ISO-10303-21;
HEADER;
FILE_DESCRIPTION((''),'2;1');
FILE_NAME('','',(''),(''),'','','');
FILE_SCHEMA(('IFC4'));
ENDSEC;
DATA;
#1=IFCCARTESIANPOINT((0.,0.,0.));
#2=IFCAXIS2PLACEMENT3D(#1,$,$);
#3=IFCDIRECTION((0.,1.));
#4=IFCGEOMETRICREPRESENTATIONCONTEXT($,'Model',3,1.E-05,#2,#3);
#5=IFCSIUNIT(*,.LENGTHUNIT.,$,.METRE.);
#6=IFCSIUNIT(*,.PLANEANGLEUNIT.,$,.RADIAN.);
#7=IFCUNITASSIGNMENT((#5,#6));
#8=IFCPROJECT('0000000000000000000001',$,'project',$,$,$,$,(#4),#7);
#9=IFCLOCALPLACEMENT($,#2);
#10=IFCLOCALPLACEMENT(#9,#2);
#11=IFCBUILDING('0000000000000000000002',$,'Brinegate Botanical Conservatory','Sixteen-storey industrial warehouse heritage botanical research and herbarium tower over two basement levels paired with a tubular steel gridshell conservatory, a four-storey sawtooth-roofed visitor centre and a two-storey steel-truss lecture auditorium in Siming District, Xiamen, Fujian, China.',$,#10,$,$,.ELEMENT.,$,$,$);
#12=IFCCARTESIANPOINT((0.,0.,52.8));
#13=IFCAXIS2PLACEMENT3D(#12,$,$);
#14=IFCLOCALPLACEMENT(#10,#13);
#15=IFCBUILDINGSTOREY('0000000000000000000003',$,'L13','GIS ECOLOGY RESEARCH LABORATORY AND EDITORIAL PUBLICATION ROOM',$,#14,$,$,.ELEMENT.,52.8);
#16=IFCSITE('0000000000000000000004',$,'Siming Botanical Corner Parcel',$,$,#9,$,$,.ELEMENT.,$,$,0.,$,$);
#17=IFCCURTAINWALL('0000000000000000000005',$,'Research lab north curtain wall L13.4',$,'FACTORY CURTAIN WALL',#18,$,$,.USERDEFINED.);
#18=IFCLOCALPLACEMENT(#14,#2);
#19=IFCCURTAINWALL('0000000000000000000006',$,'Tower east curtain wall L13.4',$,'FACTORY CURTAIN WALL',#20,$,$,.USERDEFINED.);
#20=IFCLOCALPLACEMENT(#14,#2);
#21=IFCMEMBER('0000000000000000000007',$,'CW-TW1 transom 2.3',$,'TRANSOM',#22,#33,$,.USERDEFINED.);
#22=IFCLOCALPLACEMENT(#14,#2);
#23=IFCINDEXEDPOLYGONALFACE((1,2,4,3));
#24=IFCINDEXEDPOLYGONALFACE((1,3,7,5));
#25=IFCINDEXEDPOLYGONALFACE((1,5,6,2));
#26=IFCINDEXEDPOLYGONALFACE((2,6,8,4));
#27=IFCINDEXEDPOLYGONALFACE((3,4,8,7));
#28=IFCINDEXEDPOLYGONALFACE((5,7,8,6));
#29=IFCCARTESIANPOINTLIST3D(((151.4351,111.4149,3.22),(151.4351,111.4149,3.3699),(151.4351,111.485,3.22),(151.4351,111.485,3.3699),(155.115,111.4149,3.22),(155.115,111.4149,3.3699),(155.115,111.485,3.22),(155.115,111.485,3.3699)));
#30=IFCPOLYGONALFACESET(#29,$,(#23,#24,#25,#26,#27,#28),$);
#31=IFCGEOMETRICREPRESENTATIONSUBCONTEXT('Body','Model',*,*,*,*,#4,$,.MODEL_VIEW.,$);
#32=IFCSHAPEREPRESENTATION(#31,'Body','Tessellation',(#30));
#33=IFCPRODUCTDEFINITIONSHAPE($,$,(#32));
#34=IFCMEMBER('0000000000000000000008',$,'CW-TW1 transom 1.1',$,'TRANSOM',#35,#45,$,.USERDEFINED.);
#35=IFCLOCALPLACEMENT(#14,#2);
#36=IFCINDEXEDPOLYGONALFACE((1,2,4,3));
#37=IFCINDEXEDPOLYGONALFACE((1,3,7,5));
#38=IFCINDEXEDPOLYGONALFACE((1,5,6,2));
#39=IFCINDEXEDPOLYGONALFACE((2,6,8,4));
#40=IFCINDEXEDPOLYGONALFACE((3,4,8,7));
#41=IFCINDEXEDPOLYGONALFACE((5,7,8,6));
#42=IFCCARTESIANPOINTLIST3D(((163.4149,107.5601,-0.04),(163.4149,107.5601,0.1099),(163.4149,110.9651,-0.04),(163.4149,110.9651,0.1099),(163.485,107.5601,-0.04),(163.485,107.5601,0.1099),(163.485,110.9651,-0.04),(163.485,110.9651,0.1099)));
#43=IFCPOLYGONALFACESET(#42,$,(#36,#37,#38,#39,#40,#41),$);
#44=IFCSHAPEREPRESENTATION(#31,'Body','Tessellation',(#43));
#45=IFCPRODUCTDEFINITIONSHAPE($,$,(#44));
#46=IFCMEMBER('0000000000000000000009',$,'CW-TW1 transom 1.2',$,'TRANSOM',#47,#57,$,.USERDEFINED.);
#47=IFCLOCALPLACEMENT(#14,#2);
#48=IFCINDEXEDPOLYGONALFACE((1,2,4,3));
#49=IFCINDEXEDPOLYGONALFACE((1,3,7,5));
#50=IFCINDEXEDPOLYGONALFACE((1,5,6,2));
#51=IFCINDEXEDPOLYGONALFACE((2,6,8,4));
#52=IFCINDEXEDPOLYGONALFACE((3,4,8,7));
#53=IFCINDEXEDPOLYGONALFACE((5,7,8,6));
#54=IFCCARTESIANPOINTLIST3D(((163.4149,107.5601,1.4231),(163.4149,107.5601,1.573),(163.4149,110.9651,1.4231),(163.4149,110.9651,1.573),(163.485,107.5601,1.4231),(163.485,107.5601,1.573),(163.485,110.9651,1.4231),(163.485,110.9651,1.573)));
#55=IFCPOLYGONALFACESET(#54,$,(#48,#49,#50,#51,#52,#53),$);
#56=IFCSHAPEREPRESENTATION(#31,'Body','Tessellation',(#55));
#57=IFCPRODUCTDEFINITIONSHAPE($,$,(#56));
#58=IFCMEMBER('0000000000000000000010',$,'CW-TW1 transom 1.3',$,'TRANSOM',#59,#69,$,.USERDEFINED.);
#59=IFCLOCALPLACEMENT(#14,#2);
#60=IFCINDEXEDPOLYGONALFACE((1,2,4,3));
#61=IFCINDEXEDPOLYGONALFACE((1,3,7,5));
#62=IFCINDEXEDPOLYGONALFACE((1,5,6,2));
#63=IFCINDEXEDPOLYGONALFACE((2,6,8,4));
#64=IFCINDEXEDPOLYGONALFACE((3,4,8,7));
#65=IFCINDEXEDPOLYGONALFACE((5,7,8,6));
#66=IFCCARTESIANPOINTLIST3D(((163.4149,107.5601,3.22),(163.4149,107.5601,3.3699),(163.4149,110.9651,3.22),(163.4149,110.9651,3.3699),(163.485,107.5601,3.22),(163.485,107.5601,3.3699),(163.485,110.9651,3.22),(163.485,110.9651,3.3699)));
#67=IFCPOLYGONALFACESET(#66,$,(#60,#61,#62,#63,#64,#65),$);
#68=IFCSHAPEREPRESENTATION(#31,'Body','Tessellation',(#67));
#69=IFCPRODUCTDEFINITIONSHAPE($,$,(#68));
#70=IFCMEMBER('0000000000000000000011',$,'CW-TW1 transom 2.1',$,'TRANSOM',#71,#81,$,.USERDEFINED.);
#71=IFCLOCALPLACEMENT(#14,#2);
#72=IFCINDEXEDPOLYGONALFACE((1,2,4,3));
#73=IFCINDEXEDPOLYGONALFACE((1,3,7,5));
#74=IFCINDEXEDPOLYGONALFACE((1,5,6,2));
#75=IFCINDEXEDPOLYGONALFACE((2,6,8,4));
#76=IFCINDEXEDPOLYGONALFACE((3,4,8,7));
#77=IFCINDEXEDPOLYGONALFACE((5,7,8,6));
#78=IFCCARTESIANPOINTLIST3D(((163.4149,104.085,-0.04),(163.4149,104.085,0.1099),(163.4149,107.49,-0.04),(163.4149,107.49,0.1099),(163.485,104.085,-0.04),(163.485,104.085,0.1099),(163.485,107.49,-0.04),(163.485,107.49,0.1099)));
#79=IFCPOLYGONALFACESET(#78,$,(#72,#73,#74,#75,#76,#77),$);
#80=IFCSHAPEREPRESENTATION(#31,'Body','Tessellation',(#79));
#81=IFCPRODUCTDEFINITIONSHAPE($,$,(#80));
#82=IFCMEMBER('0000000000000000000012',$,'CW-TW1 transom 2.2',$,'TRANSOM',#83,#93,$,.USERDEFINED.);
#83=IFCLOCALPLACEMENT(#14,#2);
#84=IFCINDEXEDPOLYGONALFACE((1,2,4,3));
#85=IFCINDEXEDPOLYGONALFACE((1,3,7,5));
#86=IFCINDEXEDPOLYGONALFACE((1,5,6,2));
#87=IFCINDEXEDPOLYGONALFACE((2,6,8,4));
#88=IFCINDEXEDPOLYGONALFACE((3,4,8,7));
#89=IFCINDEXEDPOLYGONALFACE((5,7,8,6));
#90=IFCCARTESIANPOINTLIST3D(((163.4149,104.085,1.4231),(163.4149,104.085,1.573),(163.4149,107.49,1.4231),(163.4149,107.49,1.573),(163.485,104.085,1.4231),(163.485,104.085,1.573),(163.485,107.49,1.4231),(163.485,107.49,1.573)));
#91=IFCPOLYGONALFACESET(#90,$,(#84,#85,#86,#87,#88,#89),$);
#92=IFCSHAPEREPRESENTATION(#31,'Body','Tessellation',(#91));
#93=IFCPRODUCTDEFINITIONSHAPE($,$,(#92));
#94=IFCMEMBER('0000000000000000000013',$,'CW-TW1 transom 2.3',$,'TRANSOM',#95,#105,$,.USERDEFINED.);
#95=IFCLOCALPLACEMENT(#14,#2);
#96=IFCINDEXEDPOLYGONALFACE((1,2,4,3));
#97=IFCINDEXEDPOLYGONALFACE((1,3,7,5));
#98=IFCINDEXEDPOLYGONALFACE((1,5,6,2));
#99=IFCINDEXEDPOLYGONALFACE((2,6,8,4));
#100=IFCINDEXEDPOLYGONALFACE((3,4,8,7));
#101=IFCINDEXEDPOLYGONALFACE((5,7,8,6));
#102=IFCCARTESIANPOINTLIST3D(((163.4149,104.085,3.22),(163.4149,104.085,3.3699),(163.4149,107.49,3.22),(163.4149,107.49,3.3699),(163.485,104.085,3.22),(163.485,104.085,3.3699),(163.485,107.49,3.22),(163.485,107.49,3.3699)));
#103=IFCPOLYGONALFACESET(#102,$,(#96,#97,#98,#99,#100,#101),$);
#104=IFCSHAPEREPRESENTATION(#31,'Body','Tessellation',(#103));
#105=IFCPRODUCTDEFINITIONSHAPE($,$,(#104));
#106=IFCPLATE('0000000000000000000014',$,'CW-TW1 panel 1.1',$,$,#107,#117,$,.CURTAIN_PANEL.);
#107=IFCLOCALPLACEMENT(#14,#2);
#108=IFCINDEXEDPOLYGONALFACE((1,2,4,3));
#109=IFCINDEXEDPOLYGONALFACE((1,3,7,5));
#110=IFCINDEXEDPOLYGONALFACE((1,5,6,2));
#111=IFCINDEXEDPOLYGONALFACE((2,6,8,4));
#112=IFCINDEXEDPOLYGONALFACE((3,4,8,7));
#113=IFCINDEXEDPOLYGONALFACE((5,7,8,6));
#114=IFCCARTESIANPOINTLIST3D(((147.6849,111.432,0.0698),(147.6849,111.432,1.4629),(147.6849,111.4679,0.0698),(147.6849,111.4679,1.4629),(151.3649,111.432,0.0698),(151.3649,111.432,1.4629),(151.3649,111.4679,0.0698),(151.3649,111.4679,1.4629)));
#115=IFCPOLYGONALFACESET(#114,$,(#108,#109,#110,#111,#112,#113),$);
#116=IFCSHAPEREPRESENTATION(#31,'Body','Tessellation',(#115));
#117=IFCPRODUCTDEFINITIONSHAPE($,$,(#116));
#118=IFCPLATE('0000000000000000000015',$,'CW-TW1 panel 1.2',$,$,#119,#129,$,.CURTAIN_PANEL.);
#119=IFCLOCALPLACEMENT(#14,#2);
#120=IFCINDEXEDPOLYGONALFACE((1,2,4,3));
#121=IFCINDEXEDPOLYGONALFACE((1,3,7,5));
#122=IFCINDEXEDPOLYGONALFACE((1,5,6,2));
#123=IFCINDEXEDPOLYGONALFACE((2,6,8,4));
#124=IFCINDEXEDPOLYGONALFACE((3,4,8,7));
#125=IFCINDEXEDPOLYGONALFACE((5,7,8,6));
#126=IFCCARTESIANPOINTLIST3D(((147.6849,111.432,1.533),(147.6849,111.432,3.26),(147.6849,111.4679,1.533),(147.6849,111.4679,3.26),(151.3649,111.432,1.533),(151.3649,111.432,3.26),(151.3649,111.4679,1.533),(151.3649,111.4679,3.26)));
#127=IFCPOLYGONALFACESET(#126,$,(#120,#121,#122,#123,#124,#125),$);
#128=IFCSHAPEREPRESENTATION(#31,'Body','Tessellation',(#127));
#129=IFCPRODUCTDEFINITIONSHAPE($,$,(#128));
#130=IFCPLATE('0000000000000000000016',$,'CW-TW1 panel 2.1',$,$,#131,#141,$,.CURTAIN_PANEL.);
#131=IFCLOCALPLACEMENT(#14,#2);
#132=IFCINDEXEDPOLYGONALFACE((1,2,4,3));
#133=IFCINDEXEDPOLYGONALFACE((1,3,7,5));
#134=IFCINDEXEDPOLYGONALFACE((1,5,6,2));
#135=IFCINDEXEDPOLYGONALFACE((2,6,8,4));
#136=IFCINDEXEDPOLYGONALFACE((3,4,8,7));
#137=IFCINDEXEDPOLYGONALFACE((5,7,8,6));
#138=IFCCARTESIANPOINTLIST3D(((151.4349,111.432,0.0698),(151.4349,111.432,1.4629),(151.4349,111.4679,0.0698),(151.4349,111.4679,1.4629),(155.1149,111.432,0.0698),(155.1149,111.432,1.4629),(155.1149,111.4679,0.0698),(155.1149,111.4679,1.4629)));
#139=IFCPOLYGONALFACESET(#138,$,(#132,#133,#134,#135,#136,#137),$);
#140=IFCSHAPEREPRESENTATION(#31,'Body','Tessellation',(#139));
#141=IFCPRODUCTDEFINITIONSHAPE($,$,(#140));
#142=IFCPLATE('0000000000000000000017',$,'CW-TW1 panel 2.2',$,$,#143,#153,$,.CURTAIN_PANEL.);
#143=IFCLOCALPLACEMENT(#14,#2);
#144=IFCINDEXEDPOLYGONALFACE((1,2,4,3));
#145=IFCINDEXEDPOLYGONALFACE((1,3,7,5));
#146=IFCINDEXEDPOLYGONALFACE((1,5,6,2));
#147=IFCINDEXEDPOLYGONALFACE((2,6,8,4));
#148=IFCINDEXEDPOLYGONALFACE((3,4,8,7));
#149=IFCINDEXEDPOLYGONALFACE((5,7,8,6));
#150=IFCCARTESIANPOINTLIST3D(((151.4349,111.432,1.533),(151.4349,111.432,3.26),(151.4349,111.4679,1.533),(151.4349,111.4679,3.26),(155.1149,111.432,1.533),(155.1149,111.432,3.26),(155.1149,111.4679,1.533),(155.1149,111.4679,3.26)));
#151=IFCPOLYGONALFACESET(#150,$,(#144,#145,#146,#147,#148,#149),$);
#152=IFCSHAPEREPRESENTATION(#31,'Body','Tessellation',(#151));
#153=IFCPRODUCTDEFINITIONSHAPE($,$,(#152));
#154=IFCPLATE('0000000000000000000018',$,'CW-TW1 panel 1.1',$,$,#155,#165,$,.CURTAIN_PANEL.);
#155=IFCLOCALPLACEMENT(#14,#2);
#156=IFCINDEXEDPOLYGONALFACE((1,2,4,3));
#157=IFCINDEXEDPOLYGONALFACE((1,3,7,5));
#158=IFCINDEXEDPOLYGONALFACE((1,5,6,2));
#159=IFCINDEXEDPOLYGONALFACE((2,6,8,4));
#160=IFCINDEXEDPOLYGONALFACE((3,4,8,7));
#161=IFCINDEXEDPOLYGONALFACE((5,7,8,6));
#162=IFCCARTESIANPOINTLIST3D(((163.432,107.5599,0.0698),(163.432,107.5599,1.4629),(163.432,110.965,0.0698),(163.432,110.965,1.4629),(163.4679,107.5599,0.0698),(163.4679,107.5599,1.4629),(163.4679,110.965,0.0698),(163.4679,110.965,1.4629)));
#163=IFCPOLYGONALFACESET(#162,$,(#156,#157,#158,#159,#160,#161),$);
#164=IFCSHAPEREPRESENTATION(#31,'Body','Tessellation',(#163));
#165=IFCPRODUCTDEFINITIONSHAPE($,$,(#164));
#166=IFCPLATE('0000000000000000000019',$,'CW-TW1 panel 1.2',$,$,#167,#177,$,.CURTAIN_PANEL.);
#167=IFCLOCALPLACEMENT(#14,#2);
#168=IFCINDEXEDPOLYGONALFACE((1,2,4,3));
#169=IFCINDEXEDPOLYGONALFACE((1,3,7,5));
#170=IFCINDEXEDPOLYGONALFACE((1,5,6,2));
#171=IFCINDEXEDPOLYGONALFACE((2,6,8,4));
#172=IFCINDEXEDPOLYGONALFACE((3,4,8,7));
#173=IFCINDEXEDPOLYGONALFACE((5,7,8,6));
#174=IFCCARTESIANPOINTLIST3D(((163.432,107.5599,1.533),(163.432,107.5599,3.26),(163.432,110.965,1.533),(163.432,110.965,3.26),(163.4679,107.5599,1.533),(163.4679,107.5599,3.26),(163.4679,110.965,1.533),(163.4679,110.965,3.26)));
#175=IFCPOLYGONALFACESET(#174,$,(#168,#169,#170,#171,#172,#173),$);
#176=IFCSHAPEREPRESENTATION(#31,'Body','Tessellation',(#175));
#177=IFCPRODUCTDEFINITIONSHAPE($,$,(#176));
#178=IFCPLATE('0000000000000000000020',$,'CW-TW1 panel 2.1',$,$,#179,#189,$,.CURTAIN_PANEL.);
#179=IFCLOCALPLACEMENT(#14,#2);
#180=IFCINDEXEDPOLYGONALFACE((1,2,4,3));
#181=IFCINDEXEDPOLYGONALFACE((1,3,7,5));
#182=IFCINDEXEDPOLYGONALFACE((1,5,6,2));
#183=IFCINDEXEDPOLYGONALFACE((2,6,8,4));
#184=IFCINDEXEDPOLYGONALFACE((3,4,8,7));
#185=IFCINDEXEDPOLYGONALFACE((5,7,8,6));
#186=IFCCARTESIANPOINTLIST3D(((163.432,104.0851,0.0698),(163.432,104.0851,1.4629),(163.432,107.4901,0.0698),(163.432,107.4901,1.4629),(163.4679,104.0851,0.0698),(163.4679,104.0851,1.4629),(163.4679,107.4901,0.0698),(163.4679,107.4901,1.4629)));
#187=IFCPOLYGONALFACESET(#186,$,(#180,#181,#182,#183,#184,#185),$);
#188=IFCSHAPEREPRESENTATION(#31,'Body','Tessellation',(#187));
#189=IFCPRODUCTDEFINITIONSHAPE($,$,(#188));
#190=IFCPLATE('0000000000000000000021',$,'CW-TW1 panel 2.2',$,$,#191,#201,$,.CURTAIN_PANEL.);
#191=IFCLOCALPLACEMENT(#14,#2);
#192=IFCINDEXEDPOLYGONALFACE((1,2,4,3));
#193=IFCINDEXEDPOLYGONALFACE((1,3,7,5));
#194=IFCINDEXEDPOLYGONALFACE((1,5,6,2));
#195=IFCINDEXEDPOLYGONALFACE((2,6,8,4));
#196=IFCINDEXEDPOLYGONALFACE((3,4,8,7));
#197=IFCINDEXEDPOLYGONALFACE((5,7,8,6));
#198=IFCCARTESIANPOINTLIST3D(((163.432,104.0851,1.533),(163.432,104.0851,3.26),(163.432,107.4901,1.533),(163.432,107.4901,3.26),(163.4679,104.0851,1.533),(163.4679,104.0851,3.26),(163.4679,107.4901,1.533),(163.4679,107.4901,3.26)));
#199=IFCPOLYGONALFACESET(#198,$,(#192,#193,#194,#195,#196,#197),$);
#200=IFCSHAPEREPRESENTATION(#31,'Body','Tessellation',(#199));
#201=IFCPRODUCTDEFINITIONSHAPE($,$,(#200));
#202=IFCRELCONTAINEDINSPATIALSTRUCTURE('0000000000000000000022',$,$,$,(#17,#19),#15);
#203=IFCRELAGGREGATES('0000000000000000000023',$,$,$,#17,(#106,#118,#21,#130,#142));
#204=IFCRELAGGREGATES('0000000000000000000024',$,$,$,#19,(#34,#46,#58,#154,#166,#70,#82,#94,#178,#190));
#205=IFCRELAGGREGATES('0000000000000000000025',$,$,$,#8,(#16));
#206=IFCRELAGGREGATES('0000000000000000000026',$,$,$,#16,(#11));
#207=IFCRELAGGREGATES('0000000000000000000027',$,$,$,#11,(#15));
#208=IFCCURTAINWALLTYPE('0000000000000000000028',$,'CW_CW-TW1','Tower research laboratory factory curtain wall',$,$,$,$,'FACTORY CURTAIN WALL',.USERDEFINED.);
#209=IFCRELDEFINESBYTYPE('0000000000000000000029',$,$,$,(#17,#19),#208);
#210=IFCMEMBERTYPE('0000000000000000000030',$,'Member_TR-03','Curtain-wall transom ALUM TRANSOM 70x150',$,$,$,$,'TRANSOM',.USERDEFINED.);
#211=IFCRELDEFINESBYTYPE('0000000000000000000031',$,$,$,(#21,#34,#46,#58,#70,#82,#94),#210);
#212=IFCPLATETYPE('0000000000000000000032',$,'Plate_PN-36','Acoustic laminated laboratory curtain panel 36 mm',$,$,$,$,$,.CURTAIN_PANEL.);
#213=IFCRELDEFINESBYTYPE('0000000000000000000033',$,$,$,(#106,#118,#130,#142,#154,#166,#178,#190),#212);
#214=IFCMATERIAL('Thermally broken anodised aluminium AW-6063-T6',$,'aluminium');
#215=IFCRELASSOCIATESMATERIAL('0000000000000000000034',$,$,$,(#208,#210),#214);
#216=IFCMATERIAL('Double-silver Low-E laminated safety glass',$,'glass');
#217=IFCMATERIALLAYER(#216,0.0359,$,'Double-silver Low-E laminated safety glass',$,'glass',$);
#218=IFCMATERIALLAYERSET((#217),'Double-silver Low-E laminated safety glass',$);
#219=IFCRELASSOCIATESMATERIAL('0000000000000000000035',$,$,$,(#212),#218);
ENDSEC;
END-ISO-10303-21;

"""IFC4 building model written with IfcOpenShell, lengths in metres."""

from ifc_helpers import new_model, si_unit, direction, frame, origin, origin_2d, place, context, subcontext, project, spatial, rectangle, extrude, material, layer, layer_set, material_profile, profile_set, type_object, element, aggregate, save


model = new_model("IFC4")

# Units and contexts
model_context = context("Model", 3, precision=1e-05, world=origin(), true_north=direction((0.0, 1.0)))
body_context = subcontext(model_context, "Body", "Model", "MODEL_VIEW")
ifc_project = project(units=[si_unit("LENGTHUNIT", "METRE"), si_unit("PLANEANGLEUNIT", "RADIAN")], contexts=[model_context])

# Site, building, storey
site_placement = place(None, origin())
site = spatial("IfcSite", under=ifc_project, at=site_placement, Name="Siming Botanical Corner Parcel", CompositionType="ELEMENT", RefElevation=0.0)
building_placement = place(site_placement, origin())
building = spatial("IfcBuilding", under=site, at=building_placement, Name="Brinegate Botanical Conservatory", Description="Sixteen-storey industrial warehouse heritage botanical research and herbarium tower over two basement levels paired with a tubular steel gridshell conservatory, a four-storey sawtooth-roofed visitor centre and a two-storey steel-truss lecture auditorium in Siming District, Xiamen, Fujian, China.", CompositionType="ELEMENT")
storey_placement = place(building_placement, frame((0.0, 0.0, 52.8)))
storey = spatial("IfcBuildingStorey", under=building, at=storey_placement, Name="L13", Description="GIS ECOLOGY RESEARCH LABORATORY AND EDITORIAL PUBLICATION ROOM", CompositionType="ELEMENT", Elevation=52.8)

# Curtain walls
ifc_material_1 = material(Name="Thermally broken anodised aluminium AW-6063-T6", Category="aluminium")
curtain_wall_type = type_object("IfcCurtainWallType", Name="CW_CW-TW1", Description="Tower research laboratory factory curtain wall", ElementType="FACTORY CURTAIN WALL", PredefinedType="USERDEFINED", material=ifc_material_1)
curtain_wall_1_placement = place(storey_placement, origin())
curtain_wall_1 = element("IfcCurtainWall", 1, at=curtain_wall_1_placement, inside=storey, type_object=curtain_wall_type, Name="Research lab north curtain wall L13.4", ObjectType="FACTORY CURTAIN WALL", PredefinedType="USERDEFINED")
curtain_wall_2_placement = place(storey_placement, origin())
curtain_wall_2 = element("IfcCurtainWall", 2, at=curtain_wall_2_placement, inside=storey, type_object=curtain_wall_type, Name="Tower east curtain wall L13.4", ObjectType="FACTORY CURTAIN WALL", PredefinedType="USERDEFINED")

# Members
ifc_material_profile_1 = material_profile(ifc_material_1, rectangle(XDim=0.0701, YDim=0.1499, at=origin_2d()), Name="ALUM TRANSOM 70x150")
ifc_profile_set_1 = profile_set([ifc_material_profile_1], Name="Thermally broken anodised aluminium AW-6063-T6")
member_type_1 = type_object("IfcMemberType", Name="Member_TR-03", Description="Curtain-wall transom ALUM TRANSOM 70x150", ElementType="TRANSOM", PredefinedType="USERDEFINED", material=ifc_profile_set_1)
member_1_placement = place(storey_placement, frame((151.4351, 111.45, 3.2949), z_axis=(1.0, 0.0, 0.0), x_axis=(0.0, 1.0, 0.0)))
member_1 = element("IfcMember", 3, at=member_1_placement, type_object=member_type_1, Name="CW-TW1 transom 2.3", ObjectType="TRANSOM", PredefinedType="USERDEFINED", context=body_context, shape_type="SweptSolid", body=[
    extrude(rectangle(XDim=0.0701, YDim=0.1499, at=origin_2d()), origin(), (0.0, 0.0, 1.0), 3.6799),
])
member_2_placement = place(storey_placement, frame((163.45, 110.9651, 0.0349), z_axis=(0.0, -1.0, 0.0), x_axis=(1.0, 0.0, 0.0)))
member_2 = element("IfcMember", 4, at=member_2_placement, type_object=member_type_1, Name="CW-TW1 transom 1.1", ObjectType="TRANSOM", PredefinedType="USERDEFINED", context=body_context, shape_type="SweptSolid", body=[
    extrude(rectangle(XDim=0.0701, YDim=0.1499, at=origin_2d()), origin(), (0.0, 0.0, 1.0), 3.405),
])
member_3_placement = place(storey_placement, frame((163.45, 110.9651, 1.498), z_axis=(0.0, -1.0, 0.0), x_axis=(1.0, 0.0, 0.0)))
member_3 = element("IfcMember", 5, at=member_3_placement, type_object=member_type_1, Name="CW-TW1 transom 1.2", ObjectType="TRANSOM", PredefinedType="USERDEFINED", context=body_context, shape_type="SweptSolid", body=[
    extrude(rectangle(XDim=0.0701, YDim=0.1499, at=origin_2d()), origin(), (0.0, 0.0, 1.0), 3.405),
])
member_4_placement = place(storey_placement, frame((163.45, 110.9651, 3.2949), z_axis=(0.0, -1.0, 0.0), x_axis=(1.0, 0.0, 0.0)))
member_4 = element("IfcMember", 6, at=member_4_placement, type_object=member_type_1, Name="CW-TW1 transom 1.3", ObjectType="TRANSOM", PredefinedType="USERDEFINED", context=body_context, shape_type="SweptSolid", body=[
    extrude(rectangle(XDim=0.0701, YDim=0.1499, at=origin_2d()), origin(), (0.0, 0.0, 1.0), 3.405),
])
member_5_placement = place(storey_placement, frame((163.45, 107.49, 0.0349), z_axis=(0.0, -1.0, 0.0), x_axis=(1.0, 0.0, 0.0)))
member_5 = element("IfcMember", 7, at=member_5_placement, type_object=member_type_1, Name="CW-TW1 transom 2.1", ObjectType="TRANSOM", PredefinedType="USERDEFINED", context=body_context, shape_type="SweptSolid", body=[
    extrude(rectangle(XDim=0.0701, YDim=0.1499, at=origin_2d()), origin(), (0.0, 0.0, 1.0), 3.405),
])
member_6_placement = place(storey_placement, frame((163.45, 107.49, 1.498), z_axis=(0.0, -1.0, 0.0), x_axis=(1.0, 0.0, 0.0)))
member_6 = element("IfcMember", 8, at=member_6_placement, type_object=member_type_1, Name="CW-TW1 transom 2.2", ObjectType="TRANSOM", PredefinedType="USERDEFINED", context=body_context, shape_type="SweptSolid", body=[
    extrude(rectangle(XDim=0.0701, YDim=0.1499, at=origin_2d()), origin(), (0.0, 0.0, 1.0), 3.405),
])
member_7_placement = place(storey_placement, frame((163.45, 107.49, 3.2949), z_axis=(0.0, -1.0, 0.0), x_axis=(1.0, 0.0, 0.0)))
member_7 = element("IfcMember", 9, at=member_7_placement, type_object=member_type_1, Name="CW-TW1 transom 2.3", ObjectType="TRANSOM", PredefinedType="USERDEFINED", context=body_context, shape_type="SweptSolid", body=[
    extrude(rectangle(XDim=0.0701, YDim=0.1499, at=origin_2d()), origin(), (0.0, 0.0, 1.0), 3.405),
])

# Plates
ifc_material_2 = material(Name="Double-silver Low-E laminated safety glass", Category="glass")
ifc_layer_1 = layer(ifc_material_2, 0.0359, Name="Double-silver Low-E laminated safety glass", Category="glass")
ifc_layer_set_1 = layer_set([ifc_layer_1], Name="Double-silver Low-E laminated safety glass")
plate_type = type_object("IfcPlateType", Name="Plate_PN-36", Description="Acoustic laminated laboratory curtain panel 36 mm", PredefinedType="CURTAIN_PANEL", material=ifc_layer_set_1)
plate_1_placement = place(storey_placement, frame((149.5249, 111.45, 0.0698), z_axis=(0.0, 0.0, 1.0), x_axis=(1.0, 0.0, 0.0)))
plate_1 = element("IfcPlate", 10, at=plate_1_placement, type_object=plate_type, Name="CW-TW1 panel 1.1", PredefinedType="CURTAIN_PANEL", context=body_context, shape_type="SweptSolid", body=[
    extrude(rectangle(XDim=3.6799, YDim=0.0359, at=origin_2d()), origin(), (0.0, 0.0, 1.0), 1.3931),
])
plate_2_placement = place(storey_placement, frame((149.5249, 111.45, 1.533), z_axis=(0.0, 0.0, 1.0), x_axis=(1.0, 0.0, 0.0)))
plate_2 = element("IfcPlate", 11, at=plate_2_placement, type_object=plate_type, Name="CW-TW1 panel 1.2", PredefinedType="CURTAIN_PANEL", context=body_context, shape_type="SweptSolid", body=[
    extrude(rectangle(XDim=3.6799, YDim=0.0359, at=origin_2d()), origin(), (0.0, 0.0, 1.0), 1.7271),
])
plate_3_placement = place(storey_placement, frame((153.2749, 111.45, 0.0698), z_axis=(0.0, 0.0, 1.0), x_axis=(1.0, 0.0, 0.0)))
plate_3 = element("IfcPlate", 12, at=plate_3_placement, type_object=plate_type, Name="CW-TW1 panel 2.1", PredefinedType="CURTAIN_PANEL", context=body_context, shape_type="SweptSolid", body=[
    extrude(rectangle(XDim=3.6799, YDim=0.0359, at=origin_2d()), origin(), (0.0, 0.0, 1.0), 1.3931),
])
plate_4_placement = place(storey_placement, frame((153.2749, 111.45, 1.533), z_axis=(0.0, 0.0, 1.0), x_axis=(1.0, 0.0, 0.0)))
plate_4 = element("IfcPlate", 13, at=plate_4_placement, type_object=plate_type, Name="CW-TW1 panel 2.2", PredefinedType="CURTAIN_PANEL", context=body_context, shape_type="SweptSolid", body=[
    extrude(rectangle(XDim=3.6799, YDim=0.0359, at=origin_2d()), origin(), (0.0, 0.0, 1.0), 1.7271),
])
aggregate(curtain_wall_1, [plate_1, plate_2, member_1, plate_3, plate_4])
plate_5_placement = place(storey_placement, frame((163.45, 109.2625, 0.0698), z_axis=(0.0, 0.0, 1.0), x_axis=(0.0, -1.0, 0.0)))
plate_5 = element("IfcPlate", 14, at=plate_5_placement, type_object=plate_type, Name="CW-TW1 panel 1.1", PredefinedType="CURTAIN_PANEL", context=body_context, shape_type="SweptSolid", body=[
    extrude(rectangle(XDim=3.405, YDim=0.0359, at=origin_2d()), origin(), (0.0, 0.0, 1.0), 1.3931),
])
plate_6_placement = place(storey_placement, frame((163.45, 109.2625, 1.533), z_axis=(0.0, 0.0, 1.0), x_axis=(0.0, -1.0, 0.0)))
plate_6 = element("IfcPlate", 15, at=plate_6_placement, type_object=plate_type, Name="CW-TW1 panel 1.2", PredefinedType="CURTAIN_PANEL", context=body_context, shape_type="SweptSolid", body=[
    extrude(rectangle(XDim=3.405, YDim=0.0359, at=origin_2d()), origin(), (0.0, 0.0, 1.0), 1.7271),
])
plate_7_placement = place(storey_placement, frame((163.45, 105.7876, 0.0698), z_axis=(0.0, 0.0, 1.0), x_axis=(0.0, -1.0, 0.0)))
plate_7 = element("IfcPlate", 16, at=plate_7_placement, type_object=plate_type, Name="CW-TW1 panel 2.1", PredefinedType="CURTAIN_PANEL", context=body_context, shape_type="SweptSolid", body=[
    extrude(rectangle(XDim=3.405, YDim=0.0359, at=origin_2d()), origin(), (0.0, 0.0, 1.0), 1.3931),
])
plate_8_placement = place(storey_placement, frame((163.45, 105.7876, 1.533), z_axis=(0.0, 0.0, 1.0), x_axis=(0.0, -1.0, 0.0)))
plate_8 = element("IfcPlate", 17, at=plate_8_placement, type_object=plate_type, Name="CW-TW1 panel 2.2", PredefinedType="CURTAIN_PANEL", context=body_context, shape_type="SweptSolid", body=[
    extrude(rectangle(XDim=3.405, YDim=0.0359, at=origin_2d()), origin(), (0.0, 0.0, 1.0), 1.7271),
])
aggregate(curtain_wall_2, [member_2, member_3, member_4, plate_5, plate_6, member_5, member_6, member_7, plate_7, plate_8])

save(model, "model.ifc")
